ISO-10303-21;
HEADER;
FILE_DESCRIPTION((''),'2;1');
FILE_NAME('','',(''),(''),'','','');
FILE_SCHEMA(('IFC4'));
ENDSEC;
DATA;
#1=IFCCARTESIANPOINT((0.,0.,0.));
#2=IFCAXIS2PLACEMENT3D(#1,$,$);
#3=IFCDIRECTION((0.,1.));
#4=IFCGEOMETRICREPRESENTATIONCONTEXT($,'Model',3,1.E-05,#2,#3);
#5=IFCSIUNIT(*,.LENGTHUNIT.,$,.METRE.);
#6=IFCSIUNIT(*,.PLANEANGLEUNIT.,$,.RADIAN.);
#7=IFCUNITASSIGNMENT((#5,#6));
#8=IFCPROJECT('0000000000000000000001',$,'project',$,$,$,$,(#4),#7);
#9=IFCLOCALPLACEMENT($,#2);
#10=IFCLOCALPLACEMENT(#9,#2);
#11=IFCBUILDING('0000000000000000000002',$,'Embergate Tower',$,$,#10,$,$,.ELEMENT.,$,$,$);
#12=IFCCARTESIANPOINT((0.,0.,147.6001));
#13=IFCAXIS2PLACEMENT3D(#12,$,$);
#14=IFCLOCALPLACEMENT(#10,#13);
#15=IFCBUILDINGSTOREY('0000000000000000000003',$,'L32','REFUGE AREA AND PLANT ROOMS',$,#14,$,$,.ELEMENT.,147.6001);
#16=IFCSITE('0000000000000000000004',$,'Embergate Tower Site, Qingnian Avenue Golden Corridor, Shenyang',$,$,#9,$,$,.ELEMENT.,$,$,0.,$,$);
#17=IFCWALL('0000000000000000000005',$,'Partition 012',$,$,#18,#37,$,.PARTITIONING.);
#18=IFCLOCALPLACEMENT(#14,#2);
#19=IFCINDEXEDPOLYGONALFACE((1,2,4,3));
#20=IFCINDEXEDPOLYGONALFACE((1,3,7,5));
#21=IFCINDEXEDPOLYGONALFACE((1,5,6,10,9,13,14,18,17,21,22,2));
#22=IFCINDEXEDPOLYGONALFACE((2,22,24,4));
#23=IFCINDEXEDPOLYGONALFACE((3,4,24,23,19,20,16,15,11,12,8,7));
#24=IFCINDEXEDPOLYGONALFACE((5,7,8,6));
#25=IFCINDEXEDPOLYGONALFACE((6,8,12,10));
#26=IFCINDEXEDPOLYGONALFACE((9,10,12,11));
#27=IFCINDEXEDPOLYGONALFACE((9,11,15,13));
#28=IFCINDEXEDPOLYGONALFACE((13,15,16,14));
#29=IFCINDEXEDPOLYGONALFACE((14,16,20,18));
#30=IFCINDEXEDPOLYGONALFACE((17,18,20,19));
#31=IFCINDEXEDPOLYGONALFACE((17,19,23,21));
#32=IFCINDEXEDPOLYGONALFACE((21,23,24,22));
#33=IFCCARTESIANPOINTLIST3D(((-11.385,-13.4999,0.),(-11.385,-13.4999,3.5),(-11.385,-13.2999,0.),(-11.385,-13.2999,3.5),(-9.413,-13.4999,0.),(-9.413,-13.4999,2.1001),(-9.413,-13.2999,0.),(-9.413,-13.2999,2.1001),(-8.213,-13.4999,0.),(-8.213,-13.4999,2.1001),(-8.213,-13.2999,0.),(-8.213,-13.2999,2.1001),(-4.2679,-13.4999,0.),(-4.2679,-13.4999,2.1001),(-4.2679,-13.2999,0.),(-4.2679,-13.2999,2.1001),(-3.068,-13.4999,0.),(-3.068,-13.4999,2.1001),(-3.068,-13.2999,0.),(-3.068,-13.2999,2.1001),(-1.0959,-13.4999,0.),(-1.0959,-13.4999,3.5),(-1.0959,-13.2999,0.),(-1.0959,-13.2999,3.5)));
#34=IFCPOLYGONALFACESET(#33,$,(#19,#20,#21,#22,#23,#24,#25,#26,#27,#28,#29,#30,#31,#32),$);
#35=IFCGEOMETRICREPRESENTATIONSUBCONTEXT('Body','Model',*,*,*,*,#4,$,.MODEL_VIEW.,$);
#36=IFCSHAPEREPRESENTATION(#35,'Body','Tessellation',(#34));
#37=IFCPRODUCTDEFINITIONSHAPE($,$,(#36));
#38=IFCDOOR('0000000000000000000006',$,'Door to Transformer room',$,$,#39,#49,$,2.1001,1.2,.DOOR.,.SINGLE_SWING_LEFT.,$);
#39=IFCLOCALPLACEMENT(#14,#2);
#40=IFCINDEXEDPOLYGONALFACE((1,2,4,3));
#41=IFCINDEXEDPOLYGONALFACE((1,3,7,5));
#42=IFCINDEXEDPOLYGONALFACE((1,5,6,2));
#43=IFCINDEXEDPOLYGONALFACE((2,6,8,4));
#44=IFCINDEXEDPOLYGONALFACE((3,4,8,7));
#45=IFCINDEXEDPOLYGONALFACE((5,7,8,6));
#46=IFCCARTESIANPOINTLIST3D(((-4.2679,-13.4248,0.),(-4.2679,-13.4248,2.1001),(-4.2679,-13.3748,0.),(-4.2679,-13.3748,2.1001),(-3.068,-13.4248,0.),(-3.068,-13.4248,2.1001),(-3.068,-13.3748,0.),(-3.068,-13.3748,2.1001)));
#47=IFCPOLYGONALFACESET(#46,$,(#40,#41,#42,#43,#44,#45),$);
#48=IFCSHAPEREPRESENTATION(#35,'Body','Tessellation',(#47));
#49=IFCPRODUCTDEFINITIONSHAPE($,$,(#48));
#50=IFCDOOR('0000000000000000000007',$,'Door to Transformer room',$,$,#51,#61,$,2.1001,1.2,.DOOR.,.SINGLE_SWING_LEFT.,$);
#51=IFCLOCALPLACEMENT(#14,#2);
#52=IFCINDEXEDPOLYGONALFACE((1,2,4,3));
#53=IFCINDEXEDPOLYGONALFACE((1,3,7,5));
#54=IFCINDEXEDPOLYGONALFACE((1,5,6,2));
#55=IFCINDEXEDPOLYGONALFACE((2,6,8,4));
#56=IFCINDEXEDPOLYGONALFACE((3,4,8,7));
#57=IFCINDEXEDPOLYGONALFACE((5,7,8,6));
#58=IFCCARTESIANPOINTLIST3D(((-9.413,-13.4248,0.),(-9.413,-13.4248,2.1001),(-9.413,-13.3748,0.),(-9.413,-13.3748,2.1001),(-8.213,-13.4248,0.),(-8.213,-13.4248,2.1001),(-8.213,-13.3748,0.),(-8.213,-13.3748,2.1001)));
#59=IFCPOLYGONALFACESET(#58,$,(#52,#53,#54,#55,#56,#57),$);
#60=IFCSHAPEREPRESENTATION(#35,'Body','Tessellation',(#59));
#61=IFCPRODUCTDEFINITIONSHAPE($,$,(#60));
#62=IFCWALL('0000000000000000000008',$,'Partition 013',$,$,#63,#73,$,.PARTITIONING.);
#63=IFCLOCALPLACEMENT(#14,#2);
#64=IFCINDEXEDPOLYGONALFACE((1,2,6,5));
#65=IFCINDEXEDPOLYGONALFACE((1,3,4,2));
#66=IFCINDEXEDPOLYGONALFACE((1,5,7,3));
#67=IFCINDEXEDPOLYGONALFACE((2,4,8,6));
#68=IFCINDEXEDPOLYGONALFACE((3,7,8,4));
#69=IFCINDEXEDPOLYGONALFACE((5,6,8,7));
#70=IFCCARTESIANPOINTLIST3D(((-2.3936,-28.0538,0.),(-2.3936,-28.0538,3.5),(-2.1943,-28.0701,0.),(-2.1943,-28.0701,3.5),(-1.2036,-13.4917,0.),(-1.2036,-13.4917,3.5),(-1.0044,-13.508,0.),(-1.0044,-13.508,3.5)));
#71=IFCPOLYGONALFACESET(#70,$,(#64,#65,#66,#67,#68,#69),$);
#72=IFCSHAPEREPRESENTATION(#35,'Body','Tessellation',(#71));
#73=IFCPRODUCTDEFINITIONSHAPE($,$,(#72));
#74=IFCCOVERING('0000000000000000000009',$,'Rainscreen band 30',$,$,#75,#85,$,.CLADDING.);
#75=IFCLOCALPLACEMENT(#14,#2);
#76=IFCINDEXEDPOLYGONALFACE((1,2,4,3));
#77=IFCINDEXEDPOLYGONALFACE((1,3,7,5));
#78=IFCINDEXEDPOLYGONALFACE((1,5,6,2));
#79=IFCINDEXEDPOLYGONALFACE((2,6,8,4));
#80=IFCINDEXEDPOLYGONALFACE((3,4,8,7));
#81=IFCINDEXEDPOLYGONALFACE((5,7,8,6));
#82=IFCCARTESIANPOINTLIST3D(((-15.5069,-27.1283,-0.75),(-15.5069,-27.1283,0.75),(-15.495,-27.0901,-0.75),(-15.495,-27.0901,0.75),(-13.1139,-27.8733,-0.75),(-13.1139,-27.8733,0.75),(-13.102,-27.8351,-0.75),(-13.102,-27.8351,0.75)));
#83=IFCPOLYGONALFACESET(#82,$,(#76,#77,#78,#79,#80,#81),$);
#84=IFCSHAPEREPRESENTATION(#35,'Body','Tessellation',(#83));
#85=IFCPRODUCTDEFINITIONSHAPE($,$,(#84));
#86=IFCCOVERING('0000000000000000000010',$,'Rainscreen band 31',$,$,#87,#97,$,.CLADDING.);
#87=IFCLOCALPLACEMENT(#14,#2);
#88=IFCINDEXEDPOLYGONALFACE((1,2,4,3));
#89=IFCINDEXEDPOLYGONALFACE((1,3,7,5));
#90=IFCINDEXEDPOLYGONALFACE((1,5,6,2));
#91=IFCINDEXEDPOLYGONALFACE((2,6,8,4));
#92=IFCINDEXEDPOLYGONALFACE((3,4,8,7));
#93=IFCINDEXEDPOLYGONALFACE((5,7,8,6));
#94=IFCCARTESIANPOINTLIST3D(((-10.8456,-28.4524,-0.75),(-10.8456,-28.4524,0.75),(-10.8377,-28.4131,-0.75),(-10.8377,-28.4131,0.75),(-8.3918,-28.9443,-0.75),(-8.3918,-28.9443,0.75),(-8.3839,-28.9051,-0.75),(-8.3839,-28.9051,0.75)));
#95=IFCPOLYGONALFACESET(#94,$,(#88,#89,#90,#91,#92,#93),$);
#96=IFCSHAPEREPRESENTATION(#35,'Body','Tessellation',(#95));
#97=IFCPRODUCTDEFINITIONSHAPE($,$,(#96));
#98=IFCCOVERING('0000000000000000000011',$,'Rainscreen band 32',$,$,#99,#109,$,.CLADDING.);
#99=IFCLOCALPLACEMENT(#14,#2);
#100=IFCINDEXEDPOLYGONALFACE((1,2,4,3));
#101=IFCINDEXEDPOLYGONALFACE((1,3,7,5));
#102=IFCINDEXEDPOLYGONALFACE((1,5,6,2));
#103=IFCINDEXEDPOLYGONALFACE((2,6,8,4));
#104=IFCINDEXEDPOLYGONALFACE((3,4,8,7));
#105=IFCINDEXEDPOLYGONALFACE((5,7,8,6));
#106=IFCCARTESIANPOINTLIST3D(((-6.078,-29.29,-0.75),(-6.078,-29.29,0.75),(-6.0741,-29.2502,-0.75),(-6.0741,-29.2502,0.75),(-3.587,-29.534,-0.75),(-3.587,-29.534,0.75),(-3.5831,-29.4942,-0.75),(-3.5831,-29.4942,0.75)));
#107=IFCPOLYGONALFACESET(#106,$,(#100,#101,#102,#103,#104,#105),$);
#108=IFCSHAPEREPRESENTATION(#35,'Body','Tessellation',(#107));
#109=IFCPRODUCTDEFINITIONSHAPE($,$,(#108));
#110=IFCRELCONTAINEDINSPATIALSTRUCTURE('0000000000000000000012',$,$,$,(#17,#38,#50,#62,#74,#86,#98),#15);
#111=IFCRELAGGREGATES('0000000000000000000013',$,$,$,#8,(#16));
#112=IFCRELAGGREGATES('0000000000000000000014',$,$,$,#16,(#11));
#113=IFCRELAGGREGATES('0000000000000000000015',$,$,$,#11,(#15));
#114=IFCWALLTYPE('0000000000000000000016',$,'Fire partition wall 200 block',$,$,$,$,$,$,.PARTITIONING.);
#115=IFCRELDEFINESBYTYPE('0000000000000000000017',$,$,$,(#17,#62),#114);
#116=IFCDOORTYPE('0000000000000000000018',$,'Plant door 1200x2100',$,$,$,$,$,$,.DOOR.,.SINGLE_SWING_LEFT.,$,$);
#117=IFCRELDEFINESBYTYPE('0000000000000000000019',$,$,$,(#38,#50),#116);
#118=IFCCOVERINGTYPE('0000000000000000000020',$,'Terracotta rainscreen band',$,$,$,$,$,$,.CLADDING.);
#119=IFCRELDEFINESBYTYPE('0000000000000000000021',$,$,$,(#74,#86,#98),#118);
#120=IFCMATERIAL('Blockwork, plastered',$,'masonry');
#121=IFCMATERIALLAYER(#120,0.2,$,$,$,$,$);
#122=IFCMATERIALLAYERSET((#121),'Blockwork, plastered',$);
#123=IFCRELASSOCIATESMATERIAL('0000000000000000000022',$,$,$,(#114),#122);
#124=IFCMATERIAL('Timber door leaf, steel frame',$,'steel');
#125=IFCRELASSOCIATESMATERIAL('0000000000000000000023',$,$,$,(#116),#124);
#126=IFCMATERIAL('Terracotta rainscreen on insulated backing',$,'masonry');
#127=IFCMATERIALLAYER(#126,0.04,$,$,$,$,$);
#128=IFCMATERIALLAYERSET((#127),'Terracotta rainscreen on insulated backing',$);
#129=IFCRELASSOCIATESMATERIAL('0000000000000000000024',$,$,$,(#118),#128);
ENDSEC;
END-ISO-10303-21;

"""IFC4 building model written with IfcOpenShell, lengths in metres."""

from ifc_helpers import new_model, si_unit, direction, frame, frame_2d, origin, origin_2d, place, context, subcontext, project, spatial, rectangle, extrude, source, transform, mapped, material, layer, layer_set, type_object, element, fill, save


model = new_model("IFC4")

# Units and contexts
model_context = context("Model", 3, precision=1e-05, world=origin(), true_north=direction((0.0, 1.0)))
body_context = subcontext(model_context, "Body", "Model", "MODEL_VIEW")
ifc_project = project(units=[si_unit("LENGTHUNIT", "METRE"), si_unit("PLANEANGLEUNIT", "RADIAN")], contexts=[model_context])

# Site, building, storey
site_placement = place(None, origin())
site = spatial("IfcSite", under=ifc_project, at=site_placement, Name="Embergate Tower Site, Qingnian Avenue Golden Corridor, Shenyang", CompositionType="ELEMENT", RefElevation=0.0)
building_placement = place(site_placement, origin())
building = spatial("IfcBuilding", under=site, at=building_placement, Name="Embergate Tower", CompositionType="ELEMENT")
storey_placement = place(building_placement, frame((0.0, 0.0, 147.6001)))
storey = spatial("IfcBuildingStorey", under=building, at=storey_placement, Name="L32", Description="REFUGE AREA AND PLANT ROOMS", CompositionType="ELEMENT", Elevation=147.6001)

# Shared definitions
ifc_material_1 = material(Name="Blockwork, plastered", Category="masonry")
ifc_layer_1 = layer(ifc_material_1, 0.2)
ifc_layer_set_1 = layer_set([ifc_layer_1], Name="Blockwork, plastered")
wall_type_1 = type_object("IfcWallType", Name="Fire partition wall 200 block", PredefinedType="PARTITIONING", material=ifc_layer_set_1)

# Wall, openings, doors
shared_shape_1 = source(origin(), body_context, "Body", "SweptSolid", [
    extrude(rectangle(XDim=10.2891, YDim=0.2, at=frame_2d((5.1445, 0.0))), origin(), (0.0, 0.0, 1.0), 3.5),
])
wall_1_placement = place(storey_placement, frame((-1.0959, -13.3999, 0.0), z_axis=(0.0, 0.0, 1.0), x_axis=(-1.0, 0.0, 0.0)))
wall_1 = element("IfcWall", 1, at=wall_1_placement, inside=storey, type_object=wall_type_1, Name="Partition 012", PredefinedType="PARTITIONING", context=body_context, shape_type="MappedRepresentation", body=[
    mapped(shared_shape_1, transform((0.0, 0.0, 0.0))),
])
shared_shape_2 = source(origin(), body_context, "Body", "SweptSolid", [
    extrude(rectangle(XDim=1.2, YDim=2.1001, at=frame_2d((0.6001, 1.05))), frame((0.0, 0.1099, 0.0), z_axis=(0.0, -1.0, 0.0), x_axis=(1.0, 0.0, 0.0)), (0.0, 0.0, 1.0), 0.22),
])
opening_1_placement = place(wall_1_placement, frame((1.9719, 0.0, 0.0)))
opening_1 = element("IfcOpeningElement", 2, at=opening_1_placement, cuts=wall_1, PredefinedType="OPENING", context=body_context, shape_type="MappedRepresentation", body=[
    mapped(shared_shape_2, transform((0.0, 0.0, 0.0))),
])
opening_2_placement = place(wall_1_placement, frame((7.1169, 0.0, 0.0)))
opening_2 = element("IfcOpeningElement", 3, at=opening_2_placement, cuts=wall_1, PredefinedType="OPENING", context=body_context, shape_type="MappedRepresentation", body=[
    mapped(shared_shape_2, transform((0.0, 0.0, 0.0))),
])
ifc_material_2 = material(Name="Timber door leaf, steel frame", Category="steel")
door_type_1 = type_object("IfcDoorType", Name="Plant door 1200x2100", OperationType="SINGLE_SWING_LEFT", PredefinedType="DOOR", material=ifc_material_2)
shared_shape_3 = source(origin(), body_context, "Body", "SweptSolid", [
    extrude(rectangle(XDim=1.2, YDim=2.1001, at=frame_2d((0.6001, 1.05))), frame((0.0, 0.0249, 0.0), z_axis=(0.0, -1.0, 0.0), x_axis=(1.0, 0.0, 0.0)), (0.0, 0.0, 1.0), 0.05),
])
door_1_placement = place(opening_1_placement, origin())
door_1 = element("IfcDoor", 4, at=door_1_placement, inside=storey, type_object=door_type_1, Name="Door to Transformer room", OperationType="SINGLE_SWING_LEFT", OverallHeight=2.1001, OverallWidth=1.2, PredefinedType="DOOR", context=body_context, shape_type="MappedRepresentation", body=[
    mapped(shared_shape_3, transform((0.0, 0.0, 0.0))),
])
fill(opening_1, door_1)
door_2_placement = place(opening_2_placement, origin())
door_2 = element("IfcDoor", 5, at=door_2_placement, inside=storey, type_object=door_type_1, Name="Door to Transformer room", OperationType="SINGLE_SWING_LEFT", OverallHeight=2.1001, OverallWidth=1.2, PredefinedType="DOOR", context=body_context, shape_type="MappedRepresentation", body=[
    mapped(shared_shape_3, transform((0.0, 0.0, 0.0))),
])
fill(opening_2, door_2)

# Wall
shared_shape_4 = source(origin(), body_context, "Body", "SweptSolid", [
    extrude(rectangle(XDim=14.6106, YDim=0.2, at=frame_2d((7.3052, 0.0))), origin(), (0.0, 0.0, 1.0), 3.5),
])
wall_2_placement = place(storey_placement, frame((-1.104, -13.5, 0.0), z_axis=(0.0, 0.0, 1.0), x_axis=(-0.081444, -0.996678, 0.0)))
element("IfcWall", 6, at=wall_2_placement, inside=storey, type_object=wall_type_1, Name="Partition 013", PredefinedType="PARTITIONING", context=body_context, shape_type="MappedRepresentation", body=[
    mapped(shared_shape_4, transform((0.0, 0.0, 0.0))),
])

# Coverings
ifc_material_3 = material(Name="Terracotta rainscreen on insulated backing", Category="masonry")
ifc_layer_2 = layer(ifc_material_3, 0.04)
ifc_layer_set_2 = layer_set([ifc_layer_2], Name="Terracotta rainscreen on insulated backing")
covering_type = type_object("IfcCoveringType", Name="Terracotta rainscreen band", PredefinedType="CLADDING", material=ifc_layer_set_2)
shared_shape_5 = source(origin(), body_context, "Body", "SweptSolid", [
    extrude(rectangle(XDim=2.5063, YDim=0.04, at=origin_2d()), origin(), (0.0, 0.0, 1.0), 1.5),
])
covering_1_placement = place(storey_placement, frame((-14.3044, -27.4817, -0.75), z_axis=(0.0, 0.0, 1.0), x_axis=(0.954799, -0.297253, 0.0)))
element("IfcCovering", 7, at=covering_1_placement, inside=storey, type_object=covering_type, Name="Rainscreen band 30", PredefinedType="CLADDING", context=body_context, shape_type="MappedRepresentation", body=[
    mapped(shared_shape_5, transform((0.0, 0.0, 0.0))),
])
shared_shape_6 = source(origin(), body_context, "Body", "SweptSolid", [
    extrude(rectangle(XDim=2.5027, YDim=0.04, at=origin_2d()), origin(), (0.0, 0.0, 1.0), 1.5),
])
covering_2_placement = place(storey_placement, frame((-9.6147, -28.6787, -0.75), z_axis=(0.0, 0.0, 1.0), x_axis=(0.980488, -0.196578, 0.0)))
element("IfcCovering", 8, at=covering_2_placement, inside=storey, type_object=covering_type, Name="Rainscreen band 31", PredefinedType="CLADDING", context=body_context, shape_type="MappedRepresentation", body=[
    mapped(shared_shape_6, transform((0.0, 0.0, 0.0))),
])
shared_shape_7 = source(origin(), body_context, "Body", "SweptSolid", [
    extrude(rectangle(XDim=2.5029, YDim=0.04, at=origin_2d()), origin(), (0.0, 0.0, 1.0), 1.5),
])
covering_3_placement = place(storey_placement, frame((-4.8306, -29.3921, -0.75), z_axis=(0.0, 0.0, 1.0), x_axis=(0.995237, -0.097486, 0.0)))
element("IfcCovering", 9, at=covering_3_placement, inside=storey, type_object=covering_type, Name="Rainscreen band 32", PredefinedType="CLADDING", context=body_context, shape_type="MappedRepresentation", body=[
    mapped(shared_shape_7, transform((0.0, 0.0, 0.0))),
])

save(model, "model.ifc")
